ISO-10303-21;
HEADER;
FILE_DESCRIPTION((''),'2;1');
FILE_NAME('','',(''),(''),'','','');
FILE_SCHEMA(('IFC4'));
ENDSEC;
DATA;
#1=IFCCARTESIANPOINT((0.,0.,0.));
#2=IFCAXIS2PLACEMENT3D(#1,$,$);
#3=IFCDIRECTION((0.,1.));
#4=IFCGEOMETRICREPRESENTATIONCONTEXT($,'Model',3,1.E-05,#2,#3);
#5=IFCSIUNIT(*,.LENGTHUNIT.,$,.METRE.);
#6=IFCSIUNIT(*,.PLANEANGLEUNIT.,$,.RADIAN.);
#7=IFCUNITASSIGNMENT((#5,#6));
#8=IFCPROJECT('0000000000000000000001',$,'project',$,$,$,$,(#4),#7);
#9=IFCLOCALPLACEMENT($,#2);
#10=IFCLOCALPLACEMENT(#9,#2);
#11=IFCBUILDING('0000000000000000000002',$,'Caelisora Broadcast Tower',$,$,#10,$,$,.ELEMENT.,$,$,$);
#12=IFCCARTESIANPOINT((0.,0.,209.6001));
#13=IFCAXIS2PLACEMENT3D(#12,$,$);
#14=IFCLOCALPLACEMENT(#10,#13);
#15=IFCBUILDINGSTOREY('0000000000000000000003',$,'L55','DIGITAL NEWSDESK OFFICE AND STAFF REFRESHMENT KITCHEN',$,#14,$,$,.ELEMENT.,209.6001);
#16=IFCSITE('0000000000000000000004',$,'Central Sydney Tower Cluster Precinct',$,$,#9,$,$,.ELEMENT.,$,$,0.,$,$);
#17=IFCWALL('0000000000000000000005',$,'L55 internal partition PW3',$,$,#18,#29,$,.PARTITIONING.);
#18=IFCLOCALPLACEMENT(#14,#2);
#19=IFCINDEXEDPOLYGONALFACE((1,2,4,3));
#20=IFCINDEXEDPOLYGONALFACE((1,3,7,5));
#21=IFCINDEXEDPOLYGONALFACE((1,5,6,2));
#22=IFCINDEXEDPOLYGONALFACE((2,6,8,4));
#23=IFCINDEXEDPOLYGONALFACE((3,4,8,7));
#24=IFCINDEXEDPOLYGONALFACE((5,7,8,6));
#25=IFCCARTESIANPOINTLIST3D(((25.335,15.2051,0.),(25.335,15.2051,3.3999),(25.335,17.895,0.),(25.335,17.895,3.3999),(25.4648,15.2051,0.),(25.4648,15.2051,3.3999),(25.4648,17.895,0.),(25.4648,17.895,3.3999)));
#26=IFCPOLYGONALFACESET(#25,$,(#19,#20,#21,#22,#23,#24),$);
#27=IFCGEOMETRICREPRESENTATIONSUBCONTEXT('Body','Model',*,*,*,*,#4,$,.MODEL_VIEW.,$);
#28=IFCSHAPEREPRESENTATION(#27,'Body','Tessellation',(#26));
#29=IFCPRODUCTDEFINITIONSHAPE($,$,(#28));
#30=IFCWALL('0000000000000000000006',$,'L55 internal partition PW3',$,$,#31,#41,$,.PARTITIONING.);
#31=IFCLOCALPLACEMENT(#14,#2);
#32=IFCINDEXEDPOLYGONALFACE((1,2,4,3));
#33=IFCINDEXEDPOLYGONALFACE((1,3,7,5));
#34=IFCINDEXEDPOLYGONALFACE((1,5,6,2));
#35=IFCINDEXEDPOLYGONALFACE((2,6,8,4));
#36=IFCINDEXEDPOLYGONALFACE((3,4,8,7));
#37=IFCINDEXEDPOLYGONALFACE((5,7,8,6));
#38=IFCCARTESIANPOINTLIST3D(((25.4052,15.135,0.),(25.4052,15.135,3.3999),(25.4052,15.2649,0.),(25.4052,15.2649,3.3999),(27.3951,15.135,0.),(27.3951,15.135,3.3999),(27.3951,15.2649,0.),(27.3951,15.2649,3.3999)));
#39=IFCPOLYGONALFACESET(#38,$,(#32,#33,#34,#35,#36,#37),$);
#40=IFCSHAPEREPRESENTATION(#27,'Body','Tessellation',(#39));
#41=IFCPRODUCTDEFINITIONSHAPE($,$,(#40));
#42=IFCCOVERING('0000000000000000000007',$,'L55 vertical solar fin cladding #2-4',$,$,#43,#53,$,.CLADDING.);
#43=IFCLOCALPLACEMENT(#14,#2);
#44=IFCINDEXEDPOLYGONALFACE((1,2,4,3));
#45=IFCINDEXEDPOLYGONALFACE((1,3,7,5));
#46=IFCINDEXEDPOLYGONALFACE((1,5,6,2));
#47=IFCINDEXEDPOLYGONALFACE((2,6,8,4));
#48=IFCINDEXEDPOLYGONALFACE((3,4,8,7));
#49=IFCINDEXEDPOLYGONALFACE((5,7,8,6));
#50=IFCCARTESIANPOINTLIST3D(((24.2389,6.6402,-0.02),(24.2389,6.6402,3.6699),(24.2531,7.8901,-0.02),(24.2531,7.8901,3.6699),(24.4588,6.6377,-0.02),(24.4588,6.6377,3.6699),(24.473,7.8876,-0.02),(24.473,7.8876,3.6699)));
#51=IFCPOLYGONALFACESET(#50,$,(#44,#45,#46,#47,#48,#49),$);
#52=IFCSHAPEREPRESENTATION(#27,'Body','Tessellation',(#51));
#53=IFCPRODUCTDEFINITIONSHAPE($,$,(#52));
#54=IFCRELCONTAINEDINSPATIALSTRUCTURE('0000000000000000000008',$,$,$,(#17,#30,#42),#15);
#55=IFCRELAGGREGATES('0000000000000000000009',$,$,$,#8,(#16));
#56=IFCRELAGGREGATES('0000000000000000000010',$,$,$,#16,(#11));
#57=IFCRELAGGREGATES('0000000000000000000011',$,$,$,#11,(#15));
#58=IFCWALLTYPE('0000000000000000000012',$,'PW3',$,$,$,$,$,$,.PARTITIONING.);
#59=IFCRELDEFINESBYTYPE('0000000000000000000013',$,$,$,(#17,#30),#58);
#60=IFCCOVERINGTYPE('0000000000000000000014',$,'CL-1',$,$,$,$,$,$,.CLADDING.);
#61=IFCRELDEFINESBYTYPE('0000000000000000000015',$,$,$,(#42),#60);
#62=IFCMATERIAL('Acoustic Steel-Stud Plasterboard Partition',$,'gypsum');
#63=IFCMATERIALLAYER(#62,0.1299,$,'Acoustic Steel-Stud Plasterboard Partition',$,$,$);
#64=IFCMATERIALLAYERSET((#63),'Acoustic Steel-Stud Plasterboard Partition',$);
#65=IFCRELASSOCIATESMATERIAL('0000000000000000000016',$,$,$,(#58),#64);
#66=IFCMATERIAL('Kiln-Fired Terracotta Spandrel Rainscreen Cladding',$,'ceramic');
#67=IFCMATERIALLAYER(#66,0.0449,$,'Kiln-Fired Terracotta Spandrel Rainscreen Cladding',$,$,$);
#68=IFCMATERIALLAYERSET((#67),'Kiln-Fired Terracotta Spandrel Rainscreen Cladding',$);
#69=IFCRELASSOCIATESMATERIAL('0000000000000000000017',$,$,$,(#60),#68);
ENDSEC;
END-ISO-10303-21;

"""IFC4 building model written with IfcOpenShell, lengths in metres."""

from ifc_helpers import new_model, si_unit, direction, frame, frame_2d, origin, origin_2d, place, context, subcontext, project, spatial, rectangle, extrude, source, transform, mapped, material, layer, layer_set, type_object, type_shapes, element, save


model = new_model("IFC4")

# Units and contexts
model_context = context("Model", 3, precision=1e-05, world=origin(), true_north=direction((0.0, 1.0)))
body_context = subcontext(model_context, "Body", "Model", "MODEL_VIEW")
ifc_project = project(units=[si_unit("LENGTHUNIT", "METRE"), si_unit("PLANEANGLEUNIT", "RADIAN")], contexts=[model_context])

# Site, building, storey
site_placement = place(None, origin())
site = spatial("IfcSite", under=ifc_project, at=site_placement, Name="Central Sydney Tower Cluster Precinct", CompositionType="ELEMENT", RefElevation=0.0)
building_placement = place(site_placement, origin())
building = spatial("IfcBuilding", under=site, at=building_placement, Name="Caelisora Broadcast Tower", CompositionType="ELEMENT")
storey_placement = place(building_placement, frame((0.0, 0.0, 209.6001)))
storey = spatial("IfcBuildingStorey", under=building, at=storey_placement, Name="L55", Description="DIGITAL NEWSDESK OFFICE AND STAFF REFRESHMENT KITCHEN", CompositionType="ELEMENT", Elevation=209.6001)

# Shared definitions
ifc_material_1 = material(Name="Acoustic Steel-Stud Plasterboard Partition", Category="gypsum")
ifc_layer_1 = layer(ifc_material_1, 0.1299, Name="Acoustic Steel-Stud Plasterboard Partition")
ifc_layer_set_1 = layer_set([ifc_layer_1], Name="Acoustic Steel-Stud Plasterboard Partition")
wall_type = type_object("IfcWallType", Name="PW3", PredefinedType="PARTITIONING", material=ifc_layer_set_1)

# Walls
wall_1_placement = place(storey_placement, frame((25.3999, 17.895, 0.0), z_axis=(0.0, 0.0, 1.0), x_axis=(0.0, -1.0, 0.0)))
element("IfcWall", 1, at=wall_1_placement, inside=storey, type_object=wall_type, Name="L55 internal partition PW3", PredefinedType="PARTITIONING", context=body_context, shape_type="SweptSolid", body=[
    extrude(rectangle(XDim=2.6899, YDim=0.1299, at=frame_2d((1.345, 0.0))), origin(), (0.0, 0.0, 1.0), 3.3999),
])
wall_2_placement = place(storey_placement, frame((25.405, 15.2, 0.0), z_axis=(0.0, 0.0, 1.0), x_axis=(1.0, 0.0, 0.0)))
element("IfcWall", 2, at=wall_2_placement, inside=storey, type_object=wall_type, Name="L55 internal partition PW3", PredefinedType="PARTITIONING", context=body_context, shape_type="SweptSolid", body=[
    extrude(rectangle(XDim=1.99, YDim=0.1299, at=frame_2d((0.9951, 0.0))), origin(), (0.0, 0.0, 1.0), 3.3999),
])

# Covering
ifc_material_2 = material(Name="Kiln-Fired Terracotta Spandrel Rainscreen Cladding", Category="ceramic")
ifc_layer_2 = layer(ifc_material_2, 0.0449, Name="Kiln-Fired Terracotta Spandrel Rainscreen Cladding")
ifc_layer_set_2 = layer_set([ifc_layer_2], Name="Kiln-Fired Terracotta Spandrel Rainscreen Cladding")
covering_type = type_object("IfcCoveringType", Name="CL-1", PredefinedType="CLADDING", material=ifc_layer_set_2)
shared_shape_1 = source(origin(), body_context, "Body", "SweptSolid", [
    extrude(rectangle(XDim=0.22, YDim=1.25, at=origin_2d()), origin(), (0.0, 0.0, 1.0), 3.6899),
])
type_shapes(covering_type, [shared_shape_1])
covering_placement = place(storey_placement, frame((24.356, 7.2639, -0.02), z_axis=(0.0, 0.0, 1.0), x_axis=(-0.999936, 0.011344, 0.0)))
element("IfcCovering", 3, at=covering_placement, inside=storey, type_object=covering_type, Name="L55 vertical solar fin cladding #2-4", PredefinedType="CLADDING", context=body_context, shape_type="MappedRepresentation", body=[
    mapped(shared_shape_1, transform((0.0, 0.0, 0.0), scale=1.0)),
])

save(model, "model.ifc")
